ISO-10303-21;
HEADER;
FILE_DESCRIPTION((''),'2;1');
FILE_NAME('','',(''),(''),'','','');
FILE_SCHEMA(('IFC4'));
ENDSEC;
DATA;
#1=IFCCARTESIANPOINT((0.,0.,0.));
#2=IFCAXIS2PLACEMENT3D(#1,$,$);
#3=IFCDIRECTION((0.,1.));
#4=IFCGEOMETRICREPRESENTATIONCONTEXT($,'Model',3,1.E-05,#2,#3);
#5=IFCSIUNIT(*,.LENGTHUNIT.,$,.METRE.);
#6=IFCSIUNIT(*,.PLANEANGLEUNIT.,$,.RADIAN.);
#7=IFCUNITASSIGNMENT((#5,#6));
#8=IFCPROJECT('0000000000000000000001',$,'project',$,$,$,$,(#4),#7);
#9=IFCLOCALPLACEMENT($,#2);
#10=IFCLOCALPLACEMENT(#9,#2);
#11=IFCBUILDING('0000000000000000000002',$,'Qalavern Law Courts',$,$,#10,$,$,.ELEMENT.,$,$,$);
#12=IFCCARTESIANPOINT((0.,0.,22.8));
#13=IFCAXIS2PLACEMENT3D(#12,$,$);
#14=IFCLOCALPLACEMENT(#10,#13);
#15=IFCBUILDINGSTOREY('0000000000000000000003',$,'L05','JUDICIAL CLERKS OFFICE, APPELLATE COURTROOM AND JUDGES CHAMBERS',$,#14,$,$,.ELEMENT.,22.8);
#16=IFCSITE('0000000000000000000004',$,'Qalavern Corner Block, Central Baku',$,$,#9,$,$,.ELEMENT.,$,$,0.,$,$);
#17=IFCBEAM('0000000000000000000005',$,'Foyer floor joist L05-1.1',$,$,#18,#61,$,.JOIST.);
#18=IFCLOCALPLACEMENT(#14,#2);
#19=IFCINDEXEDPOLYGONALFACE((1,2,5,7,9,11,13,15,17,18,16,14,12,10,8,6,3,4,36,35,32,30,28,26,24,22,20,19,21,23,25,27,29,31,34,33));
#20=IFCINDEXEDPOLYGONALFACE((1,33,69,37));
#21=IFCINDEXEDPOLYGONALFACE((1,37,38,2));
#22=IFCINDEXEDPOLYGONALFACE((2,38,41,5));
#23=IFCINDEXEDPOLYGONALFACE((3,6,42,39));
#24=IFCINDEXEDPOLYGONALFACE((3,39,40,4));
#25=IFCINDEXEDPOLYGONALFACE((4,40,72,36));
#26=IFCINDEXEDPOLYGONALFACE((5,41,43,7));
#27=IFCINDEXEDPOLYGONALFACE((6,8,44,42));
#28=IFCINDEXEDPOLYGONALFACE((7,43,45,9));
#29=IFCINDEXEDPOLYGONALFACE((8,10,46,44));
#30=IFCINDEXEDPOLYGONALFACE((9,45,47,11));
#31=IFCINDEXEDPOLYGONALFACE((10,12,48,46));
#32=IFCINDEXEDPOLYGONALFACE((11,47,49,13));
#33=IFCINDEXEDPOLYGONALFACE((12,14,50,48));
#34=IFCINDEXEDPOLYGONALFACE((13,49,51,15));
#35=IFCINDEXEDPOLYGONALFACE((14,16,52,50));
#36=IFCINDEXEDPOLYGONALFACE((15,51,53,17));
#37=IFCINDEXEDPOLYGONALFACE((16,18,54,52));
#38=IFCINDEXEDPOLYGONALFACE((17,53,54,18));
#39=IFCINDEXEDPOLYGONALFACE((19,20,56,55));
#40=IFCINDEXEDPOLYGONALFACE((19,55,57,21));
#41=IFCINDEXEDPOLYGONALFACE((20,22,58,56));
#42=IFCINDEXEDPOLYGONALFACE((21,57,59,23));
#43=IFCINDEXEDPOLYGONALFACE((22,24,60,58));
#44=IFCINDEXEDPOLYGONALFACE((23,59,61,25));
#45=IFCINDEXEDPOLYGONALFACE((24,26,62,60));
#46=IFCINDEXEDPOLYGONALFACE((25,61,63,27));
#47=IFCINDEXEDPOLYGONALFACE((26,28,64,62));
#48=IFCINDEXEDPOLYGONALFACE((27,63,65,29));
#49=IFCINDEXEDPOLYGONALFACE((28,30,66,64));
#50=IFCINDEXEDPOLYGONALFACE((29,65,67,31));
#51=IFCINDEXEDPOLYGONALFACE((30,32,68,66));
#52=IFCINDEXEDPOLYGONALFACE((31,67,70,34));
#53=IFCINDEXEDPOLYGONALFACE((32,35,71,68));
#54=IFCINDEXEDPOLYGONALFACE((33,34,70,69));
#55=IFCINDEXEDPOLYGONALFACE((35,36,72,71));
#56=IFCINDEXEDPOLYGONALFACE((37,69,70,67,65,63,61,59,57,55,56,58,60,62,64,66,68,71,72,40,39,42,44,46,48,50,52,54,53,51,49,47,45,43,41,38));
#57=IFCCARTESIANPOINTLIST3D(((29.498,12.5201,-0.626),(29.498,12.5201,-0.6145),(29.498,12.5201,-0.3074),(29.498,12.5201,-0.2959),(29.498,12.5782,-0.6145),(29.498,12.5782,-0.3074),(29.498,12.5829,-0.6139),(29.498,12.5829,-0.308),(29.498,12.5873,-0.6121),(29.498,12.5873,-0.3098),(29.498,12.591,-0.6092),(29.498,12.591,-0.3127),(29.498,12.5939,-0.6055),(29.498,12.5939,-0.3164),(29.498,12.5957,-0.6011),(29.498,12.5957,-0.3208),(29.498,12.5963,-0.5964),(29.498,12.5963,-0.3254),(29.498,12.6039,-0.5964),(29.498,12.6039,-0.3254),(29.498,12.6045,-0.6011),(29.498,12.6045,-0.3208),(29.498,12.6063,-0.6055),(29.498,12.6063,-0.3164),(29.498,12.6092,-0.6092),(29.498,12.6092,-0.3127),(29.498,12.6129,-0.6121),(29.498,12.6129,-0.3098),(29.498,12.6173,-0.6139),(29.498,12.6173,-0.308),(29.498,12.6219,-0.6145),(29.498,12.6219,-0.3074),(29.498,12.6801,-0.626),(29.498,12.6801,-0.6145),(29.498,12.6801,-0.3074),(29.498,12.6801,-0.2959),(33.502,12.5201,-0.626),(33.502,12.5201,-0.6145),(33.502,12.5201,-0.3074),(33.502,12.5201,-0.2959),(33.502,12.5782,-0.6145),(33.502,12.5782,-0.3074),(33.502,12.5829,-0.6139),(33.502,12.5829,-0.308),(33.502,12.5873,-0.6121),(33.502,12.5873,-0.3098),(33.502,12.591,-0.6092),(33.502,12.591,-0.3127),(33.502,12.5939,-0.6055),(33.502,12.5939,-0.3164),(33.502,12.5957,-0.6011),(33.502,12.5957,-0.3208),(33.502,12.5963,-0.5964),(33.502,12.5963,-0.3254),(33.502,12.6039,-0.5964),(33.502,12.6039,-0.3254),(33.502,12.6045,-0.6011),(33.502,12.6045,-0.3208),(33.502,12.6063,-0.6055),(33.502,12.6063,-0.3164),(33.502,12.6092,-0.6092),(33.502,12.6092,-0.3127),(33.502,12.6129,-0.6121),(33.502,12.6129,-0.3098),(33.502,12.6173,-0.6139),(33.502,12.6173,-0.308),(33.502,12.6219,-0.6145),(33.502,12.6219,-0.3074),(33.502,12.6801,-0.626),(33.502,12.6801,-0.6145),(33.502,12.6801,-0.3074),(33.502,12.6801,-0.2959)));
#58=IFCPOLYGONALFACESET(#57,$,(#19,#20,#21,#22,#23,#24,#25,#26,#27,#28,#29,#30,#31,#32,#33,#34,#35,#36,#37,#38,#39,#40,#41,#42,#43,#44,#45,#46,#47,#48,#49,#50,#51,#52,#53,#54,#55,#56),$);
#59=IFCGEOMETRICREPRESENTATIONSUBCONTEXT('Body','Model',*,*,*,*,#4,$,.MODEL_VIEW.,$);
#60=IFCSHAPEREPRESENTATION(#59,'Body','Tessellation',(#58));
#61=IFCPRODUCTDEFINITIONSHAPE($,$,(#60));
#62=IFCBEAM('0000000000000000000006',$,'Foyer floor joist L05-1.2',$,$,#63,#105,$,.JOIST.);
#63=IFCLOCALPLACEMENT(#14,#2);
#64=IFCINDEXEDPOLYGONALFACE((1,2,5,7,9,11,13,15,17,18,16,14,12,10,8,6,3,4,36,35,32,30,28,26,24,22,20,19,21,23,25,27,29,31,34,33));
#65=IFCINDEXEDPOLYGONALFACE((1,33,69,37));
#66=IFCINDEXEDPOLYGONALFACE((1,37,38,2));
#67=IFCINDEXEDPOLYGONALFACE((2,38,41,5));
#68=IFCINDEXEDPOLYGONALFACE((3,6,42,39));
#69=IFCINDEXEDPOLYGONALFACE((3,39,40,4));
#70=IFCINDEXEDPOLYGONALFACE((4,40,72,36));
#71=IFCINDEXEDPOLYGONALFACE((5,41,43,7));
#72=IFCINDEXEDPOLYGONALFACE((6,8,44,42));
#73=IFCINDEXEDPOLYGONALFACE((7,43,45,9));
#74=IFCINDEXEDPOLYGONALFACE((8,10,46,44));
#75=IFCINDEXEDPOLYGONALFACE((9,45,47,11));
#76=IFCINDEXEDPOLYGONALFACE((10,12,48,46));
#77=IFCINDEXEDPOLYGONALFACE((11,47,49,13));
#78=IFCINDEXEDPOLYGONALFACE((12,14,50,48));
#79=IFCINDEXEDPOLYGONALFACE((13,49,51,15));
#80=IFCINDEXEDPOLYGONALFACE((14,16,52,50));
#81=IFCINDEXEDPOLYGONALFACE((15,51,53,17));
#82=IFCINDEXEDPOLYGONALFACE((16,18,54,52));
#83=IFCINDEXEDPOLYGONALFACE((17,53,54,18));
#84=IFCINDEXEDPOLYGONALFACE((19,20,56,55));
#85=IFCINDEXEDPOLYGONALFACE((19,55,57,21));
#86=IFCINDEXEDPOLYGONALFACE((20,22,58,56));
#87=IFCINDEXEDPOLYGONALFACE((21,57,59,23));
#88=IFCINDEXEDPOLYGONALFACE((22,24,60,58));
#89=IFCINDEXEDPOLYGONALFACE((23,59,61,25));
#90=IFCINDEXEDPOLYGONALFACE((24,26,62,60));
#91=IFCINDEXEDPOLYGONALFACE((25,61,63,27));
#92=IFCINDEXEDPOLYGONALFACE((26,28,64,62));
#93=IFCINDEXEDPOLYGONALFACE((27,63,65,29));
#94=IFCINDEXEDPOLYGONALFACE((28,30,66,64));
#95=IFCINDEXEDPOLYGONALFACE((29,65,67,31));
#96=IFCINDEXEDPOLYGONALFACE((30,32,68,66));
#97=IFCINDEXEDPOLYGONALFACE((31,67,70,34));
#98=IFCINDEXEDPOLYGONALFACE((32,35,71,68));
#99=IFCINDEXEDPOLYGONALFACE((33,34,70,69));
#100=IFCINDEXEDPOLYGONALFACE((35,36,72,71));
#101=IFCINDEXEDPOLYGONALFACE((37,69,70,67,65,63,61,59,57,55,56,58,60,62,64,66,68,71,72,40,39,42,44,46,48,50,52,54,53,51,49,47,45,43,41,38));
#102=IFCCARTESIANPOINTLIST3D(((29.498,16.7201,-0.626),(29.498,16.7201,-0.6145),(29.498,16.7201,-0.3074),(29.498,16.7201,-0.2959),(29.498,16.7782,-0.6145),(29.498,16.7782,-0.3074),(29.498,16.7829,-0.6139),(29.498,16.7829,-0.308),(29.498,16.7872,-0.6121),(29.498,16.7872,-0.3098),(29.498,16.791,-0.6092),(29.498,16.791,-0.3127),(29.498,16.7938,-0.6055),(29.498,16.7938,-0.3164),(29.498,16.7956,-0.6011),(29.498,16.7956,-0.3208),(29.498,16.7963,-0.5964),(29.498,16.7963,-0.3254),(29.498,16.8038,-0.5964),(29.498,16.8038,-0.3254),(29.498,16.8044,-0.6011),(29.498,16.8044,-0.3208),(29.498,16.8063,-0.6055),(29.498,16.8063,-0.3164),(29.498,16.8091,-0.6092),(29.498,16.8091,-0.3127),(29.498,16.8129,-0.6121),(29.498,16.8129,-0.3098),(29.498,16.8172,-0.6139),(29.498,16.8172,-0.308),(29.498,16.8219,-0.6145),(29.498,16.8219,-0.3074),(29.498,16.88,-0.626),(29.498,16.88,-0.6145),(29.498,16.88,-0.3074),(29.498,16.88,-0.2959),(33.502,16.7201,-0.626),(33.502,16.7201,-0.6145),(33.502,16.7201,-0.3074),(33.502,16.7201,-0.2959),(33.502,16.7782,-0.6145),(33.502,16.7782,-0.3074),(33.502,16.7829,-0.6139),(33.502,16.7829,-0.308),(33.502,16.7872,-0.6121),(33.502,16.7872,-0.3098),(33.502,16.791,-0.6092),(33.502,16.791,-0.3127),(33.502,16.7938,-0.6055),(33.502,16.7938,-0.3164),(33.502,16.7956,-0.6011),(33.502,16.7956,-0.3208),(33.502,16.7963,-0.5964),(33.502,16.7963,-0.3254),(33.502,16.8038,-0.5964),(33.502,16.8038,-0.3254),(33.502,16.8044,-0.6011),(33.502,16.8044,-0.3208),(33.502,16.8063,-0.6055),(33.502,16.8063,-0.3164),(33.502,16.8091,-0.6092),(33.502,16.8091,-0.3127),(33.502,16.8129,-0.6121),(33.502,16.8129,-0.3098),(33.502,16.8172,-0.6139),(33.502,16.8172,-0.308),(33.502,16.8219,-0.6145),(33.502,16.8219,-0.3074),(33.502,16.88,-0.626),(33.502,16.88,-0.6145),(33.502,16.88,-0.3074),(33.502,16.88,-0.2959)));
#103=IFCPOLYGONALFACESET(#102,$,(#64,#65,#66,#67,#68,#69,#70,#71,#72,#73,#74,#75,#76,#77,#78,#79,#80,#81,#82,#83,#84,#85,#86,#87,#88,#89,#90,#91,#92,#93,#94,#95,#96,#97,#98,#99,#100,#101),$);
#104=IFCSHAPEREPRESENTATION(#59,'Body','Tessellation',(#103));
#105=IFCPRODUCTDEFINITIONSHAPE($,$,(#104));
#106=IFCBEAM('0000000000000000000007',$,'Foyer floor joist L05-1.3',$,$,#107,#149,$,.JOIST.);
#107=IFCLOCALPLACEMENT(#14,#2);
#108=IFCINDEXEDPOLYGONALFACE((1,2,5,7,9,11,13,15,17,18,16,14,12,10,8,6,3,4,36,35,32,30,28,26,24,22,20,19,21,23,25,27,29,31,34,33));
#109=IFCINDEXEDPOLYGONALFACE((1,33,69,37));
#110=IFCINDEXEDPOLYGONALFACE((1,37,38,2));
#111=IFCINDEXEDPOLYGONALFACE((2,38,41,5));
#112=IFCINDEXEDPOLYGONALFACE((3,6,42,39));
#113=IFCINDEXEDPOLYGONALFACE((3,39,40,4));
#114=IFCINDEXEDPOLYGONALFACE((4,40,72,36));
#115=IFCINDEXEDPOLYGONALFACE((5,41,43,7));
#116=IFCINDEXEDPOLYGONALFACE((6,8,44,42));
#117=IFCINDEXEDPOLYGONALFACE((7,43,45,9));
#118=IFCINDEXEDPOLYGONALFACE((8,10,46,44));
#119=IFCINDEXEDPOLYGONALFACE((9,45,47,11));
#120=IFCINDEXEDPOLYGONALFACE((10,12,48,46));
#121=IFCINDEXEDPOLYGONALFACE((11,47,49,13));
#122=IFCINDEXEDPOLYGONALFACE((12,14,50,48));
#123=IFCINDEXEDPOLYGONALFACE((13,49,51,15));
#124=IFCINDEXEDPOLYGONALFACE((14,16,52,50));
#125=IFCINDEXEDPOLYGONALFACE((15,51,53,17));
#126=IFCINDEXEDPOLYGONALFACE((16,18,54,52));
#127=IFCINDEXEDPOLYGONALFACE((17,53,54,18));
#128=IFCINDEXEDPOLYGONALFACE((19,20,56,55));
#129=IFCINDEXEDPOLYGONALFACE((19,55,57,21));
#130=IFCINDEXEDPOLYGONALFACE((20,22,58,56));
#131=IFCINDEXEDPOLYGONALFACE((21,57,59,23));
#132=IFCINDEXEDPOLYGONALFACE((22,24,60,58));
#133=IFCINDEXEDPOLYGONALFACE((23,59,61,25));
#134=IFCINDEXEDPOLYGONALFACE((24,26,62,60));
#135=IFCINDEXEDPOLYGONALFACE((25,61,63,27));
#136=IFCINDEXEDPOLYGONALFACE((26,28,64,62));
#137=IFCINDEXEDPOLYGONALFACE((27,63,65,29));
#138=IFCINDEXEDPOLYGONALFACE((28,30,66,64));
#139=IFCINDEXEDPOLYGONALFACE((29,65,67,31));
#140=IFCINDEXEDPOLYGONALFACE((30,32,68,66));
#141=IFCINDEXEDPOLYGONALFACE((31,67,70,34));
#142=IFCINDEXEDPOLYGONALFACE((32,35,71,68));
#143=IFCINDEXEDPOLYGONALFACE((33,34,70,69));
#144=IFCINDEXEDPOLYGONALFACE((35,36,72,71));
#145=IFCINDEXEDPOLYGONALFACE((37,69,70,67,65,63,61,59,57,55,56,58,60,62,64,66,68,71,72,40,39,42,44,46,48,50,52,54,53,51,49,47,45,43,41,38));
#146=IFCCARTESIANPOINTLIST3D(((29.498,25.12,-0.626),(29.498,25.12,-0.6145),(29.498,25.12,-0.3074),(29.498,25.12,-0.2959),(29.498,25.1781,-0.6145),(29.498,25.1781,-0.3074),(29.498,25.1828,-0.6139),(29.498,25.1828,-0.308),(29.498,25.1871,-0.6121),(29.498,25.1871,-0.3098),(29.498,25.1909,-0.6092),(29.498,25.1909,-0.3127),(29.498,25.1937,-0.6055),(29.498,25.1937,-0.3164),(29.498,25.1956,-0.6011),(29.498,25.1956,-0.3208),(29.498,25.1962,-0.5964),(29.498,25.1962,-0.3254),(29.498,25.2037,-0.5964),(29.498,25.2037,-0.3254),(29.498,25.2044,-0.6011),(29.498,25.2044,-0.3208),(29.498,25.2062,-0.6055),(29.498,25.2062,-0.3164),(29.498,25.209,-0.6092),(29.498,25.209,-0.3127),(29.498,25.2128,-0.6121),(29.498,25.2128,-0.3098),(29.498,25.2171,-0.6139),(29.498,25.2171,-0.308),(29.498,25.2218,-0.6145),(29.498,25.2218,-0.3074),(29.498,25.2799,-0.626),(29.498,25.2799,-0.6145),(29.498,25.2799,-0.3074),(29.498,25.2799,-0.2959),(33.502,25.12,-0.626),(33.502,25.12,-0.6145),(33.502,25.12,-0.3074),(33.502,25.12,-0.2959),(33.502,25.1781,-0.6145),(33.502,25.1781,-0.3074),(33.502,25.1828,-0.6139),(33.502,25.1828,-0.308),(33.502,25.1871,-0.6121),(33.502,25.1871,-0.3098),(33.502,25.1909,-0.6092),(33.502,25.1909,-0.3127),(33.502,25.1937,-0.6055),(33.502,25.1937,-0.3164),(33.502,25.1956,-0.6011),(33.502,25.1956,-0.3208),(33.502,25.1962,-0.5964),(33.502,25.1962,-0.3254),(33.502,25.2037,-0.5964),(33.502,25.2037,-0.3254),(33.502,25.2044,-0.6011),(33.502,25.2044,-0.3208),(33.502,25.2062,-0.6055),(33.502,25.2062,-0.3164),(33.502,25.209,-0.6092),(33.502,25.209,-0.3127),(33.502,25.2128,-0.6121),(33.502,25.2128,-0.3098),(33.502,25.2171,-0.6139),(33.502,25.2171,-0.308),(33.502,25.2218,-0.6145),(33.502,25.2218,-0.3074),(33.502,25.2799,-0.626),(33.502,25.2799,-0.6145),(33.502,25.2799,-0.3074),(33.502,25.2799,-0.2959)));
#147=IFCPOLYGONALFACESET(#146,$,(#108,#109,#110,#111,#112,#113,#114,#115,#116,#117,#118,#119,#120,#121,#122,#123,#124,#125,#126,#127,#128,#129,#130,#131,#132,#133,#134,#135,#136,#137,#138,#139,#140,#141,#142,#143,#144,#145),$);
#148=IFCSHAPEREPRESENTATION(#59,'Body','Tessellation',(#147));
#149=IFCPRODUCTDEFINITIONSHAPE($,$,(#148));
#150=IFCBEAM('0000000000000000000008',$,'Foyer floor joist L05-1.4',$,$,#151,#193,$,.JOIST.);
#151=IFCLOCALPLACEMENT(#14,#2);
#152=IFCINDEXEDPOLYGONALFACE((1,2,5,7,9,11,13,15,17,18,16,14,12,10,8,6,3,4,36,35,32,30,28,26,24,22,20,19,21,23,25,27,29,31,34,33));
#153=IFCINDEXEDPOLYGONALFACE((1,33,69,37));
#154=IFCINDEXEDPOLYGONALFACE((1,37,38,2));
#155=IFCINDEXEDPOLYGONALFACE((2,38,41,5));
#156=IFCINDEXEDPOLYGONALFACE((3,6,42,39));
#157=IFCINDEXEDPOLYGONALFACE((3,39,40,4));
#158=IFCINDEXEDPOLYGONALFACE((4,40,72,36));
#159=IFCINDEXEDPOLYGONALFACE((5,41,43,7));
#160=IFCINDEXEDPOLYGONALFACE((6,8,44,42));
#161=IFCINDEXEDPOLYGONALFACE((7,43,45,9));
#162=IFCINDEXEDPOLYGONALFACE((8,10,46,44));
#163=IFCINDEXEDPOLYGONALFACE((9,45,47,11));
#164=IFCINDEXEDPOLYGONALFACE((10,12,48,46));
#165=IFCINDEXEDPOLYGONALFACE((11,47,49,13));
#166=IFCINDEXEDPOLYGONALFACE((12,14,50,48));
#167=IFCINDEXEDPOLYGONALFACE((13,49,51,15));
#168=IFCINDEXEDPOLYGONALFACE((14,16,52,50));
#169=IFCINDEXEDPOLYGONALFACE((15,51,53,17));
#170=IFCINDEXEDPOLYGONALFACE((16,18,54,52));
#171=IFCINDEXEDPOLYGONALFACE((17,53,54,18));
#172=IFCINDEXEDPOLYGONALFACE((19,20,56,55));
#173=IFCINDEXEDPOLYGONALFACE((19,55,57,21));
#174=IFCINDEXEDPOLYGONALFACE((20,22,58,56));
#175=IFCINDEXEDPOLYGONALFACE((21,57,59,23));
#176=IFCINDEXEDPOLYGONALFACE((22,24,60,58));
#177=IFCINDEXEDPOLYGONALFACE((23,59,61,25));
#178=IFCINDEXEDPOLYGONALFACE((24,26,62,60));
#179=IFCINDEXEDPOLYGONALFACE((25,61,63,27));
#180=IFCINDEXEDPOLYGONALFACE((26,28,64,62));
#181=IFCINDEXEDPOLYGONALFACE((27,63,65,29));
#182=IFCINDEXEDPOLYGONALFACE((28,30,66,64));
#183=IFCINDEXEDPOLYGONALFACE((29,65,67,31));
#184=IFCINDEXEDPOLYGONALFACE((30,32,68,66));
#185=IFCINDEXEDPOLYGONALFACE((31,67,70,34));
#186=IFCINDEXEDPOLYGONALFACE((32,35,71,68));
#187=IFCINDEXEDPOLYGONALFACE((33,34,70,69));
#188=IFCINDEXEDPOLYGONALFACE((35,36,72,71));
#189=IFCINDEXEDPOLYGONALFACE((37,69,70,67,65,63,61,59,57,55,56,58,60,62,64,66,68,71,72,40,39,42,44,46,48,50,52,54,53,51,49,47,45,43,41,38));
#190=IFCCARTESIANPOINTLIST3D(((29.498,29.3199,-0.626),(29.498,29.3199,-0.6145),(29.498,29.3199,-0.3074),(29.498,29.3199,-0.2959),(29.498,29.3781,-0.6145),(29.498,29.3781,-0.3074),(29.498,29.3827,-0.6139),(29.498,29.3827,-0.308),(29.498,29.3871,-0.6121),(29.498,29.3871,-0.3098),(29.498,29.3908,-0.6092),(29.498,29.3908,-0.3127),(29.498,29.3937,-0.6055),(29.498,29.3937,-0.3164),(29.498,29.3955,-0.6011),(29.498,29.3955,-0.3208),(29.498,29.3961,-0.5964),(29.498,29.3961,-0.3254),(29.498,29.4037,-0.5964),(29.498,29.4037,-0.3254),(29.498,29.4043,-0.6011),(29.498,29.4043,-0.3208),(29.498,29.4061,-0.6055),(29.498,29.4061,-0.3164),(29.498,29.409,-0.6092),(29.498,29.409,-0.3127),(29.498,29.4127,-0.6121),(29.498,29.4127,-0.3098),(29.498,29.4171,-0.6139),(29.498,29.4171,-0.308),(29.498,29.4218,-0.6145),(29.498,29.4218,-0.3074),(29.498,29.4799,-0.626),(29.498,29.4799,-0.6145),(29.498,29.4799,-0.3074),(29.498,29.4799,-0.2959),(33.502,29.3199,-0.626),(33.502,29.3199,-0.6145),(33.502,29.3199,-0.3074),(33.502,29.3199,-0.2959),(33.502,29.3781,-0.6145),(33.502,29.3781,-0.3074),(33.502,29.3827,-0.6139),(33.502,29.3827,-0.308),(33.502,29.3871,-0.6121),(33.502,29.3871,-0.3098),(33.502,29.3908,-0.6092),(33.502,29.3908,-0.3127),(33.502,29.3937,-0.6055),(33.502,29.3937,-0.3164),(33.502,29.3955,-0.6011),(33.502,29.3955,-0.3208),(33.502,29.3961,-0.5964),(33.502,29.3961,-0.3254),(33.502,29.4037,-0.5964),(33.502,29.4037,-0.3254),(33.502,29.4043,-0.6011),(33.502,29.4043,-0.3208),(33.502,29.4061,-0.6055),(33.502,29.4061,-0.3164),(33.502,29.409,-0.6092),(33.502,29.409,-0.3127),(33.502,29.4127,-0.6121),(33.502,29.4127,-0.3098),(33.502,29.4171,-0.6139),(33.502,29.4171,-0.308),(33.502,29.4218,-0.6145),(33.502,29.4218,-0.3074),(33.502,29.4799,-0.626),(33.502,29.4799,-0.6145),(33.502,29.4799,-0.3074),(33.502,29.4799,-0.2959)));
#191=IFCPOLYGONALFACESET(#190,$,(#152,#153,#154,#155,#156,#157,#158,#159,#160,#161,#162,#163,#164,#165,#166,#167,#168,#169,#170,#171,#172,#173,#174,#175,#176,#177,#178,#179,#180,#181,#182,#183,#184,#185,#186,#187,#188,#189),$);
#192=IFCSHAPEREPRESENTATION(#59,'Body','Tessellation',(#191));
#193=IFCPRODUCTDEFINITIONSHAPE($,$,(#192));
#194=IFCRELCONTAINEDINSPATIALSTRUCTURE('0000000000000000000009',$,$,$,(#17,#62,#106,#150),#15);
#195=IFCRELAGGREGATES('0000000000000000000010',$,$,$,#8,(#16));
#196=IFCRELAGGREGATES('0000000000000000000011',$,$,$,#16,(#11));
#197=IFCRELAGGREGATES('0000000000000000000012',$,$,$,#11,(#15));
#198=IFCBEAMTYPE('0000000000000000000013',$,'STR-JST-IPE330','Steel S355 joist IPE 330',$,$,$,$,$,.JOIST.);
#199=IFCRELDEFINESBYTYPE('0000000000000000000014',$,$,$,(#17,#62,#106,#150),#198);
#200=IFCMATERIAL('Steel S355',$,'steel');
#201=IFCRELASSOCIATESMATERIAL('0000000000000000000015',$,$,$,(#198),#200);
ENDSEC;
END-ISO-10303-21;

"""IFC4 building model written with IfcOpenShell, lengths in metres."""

from ifc_helpers import new_model, si_unit, direction, frame, origin, origin_2d, place, context, subcontext, project, spatial, i_section, extrude, material, material_profile, profile_set, type_object, element, save


model = new_model("IFC4")

# Units and contexts
model_context = context("Model", 3, precision=1e-05, world=origin(), true_north=direction((0.0, 1.0)))
body_context = subcontext(model_context, "Body", "Model", "MODEL_VIEW")
ifc_project = project(units=[si_unit("LENGTHUNIT", "METRE"), si_unit("PLANEANGLEUNIT", "RADIAN")], contexts=[model_context])

# Site, building, storey
site_placement = place(None, origin())
site = spatial("IfcSite", under=ifc_project, at=site_placement, Name="Qalavern Corner Block, Central Baku", CompositionType="ELEMENT", RefElevation=0.0)
building_placement = place(site_placement, origin())
building = spatial("IfcBuilding", under=site, at=building_placement, Name="Qalavern Law Courts", CompositionType="ELEMENT")
storey_placement = place(building_placement, frame((0.0, 0.0, 22.8)))
storey = spatial("IfcBuildingStorey", under=building, at=storey_placement, Name="L05", Description="JUDICIAL CLERKS OFFICE, APPELLATE COURTROOM AND JUDGES CHAMBERS", CompositionType="ELEMENT", Elevation=22.8)

# Beams
ifc_material_1 = material(Name="Steel S355", Category="steel")
ifc_material_profile_1 = material_profile(ifc_material_1, i_section(OverallWidth=0.1599, OverallDepth=0.3301, WebThickness=0.0076, FlangeThickness=0.0115, FilletRadius=0.0181, at=origin_2d()), Name="IPE 330")
ifc_profile_set_1 = profile_set([ifc_material_profile_1], Name="Steel S355")
beam_type_1 = type_object("IfcBeamType", Name="STR-JST-IPE330", Description="Steel S355 joist IPE 330", PredefinedType="JOIST", material=ifc_profile_set_1)
for number, where, z_axis, x_axis, name in (
    (1, (29.498, 12.6001, -0.4609), (1.0, 0.0, 0.0), (0.0, 1.0, 0.0), "Foyer floor joist L05-1.1"),
    (2, (29.498, 16.8, -0.4609), (1.0, 0.0, 0.0), (0.0, 1.0, 0.0), "Foyer floor joist L05-1.2"),
    (3, (29.498, 25.2, -0.4609), (1.0, 0.0, 0.0), (0.0, 1.0, 0.0), "Foyer floor joist L05-1.3"),
    (4, (29.498, 29.3999, -0.4609), (1.0, 0.0, 0.0), (0.0, 1.0, 0.0), "Foyer floor joist L05-1.4"),
):
    element("IfcBeam", number, at=place(storey_placement, frame(where, z_axis=z_axis, x_axis=x_axis)), inside=storey, type_object=beam_type_1, Name=name, PredefinedType="JOIST", context=body_context, shape_type="SweptSolid", body=[
        extrude(i_section(OverallWidth=0.1599, OverallDepth=0.3301, WebThickness=0.0076, FlangeThickness=0.0115, FilletRadius=0.0181, at=origin_2d()), origin(), (0.0, 0.0, 1.0), 4.0039),
    ])

save(model, "model.ifc")
